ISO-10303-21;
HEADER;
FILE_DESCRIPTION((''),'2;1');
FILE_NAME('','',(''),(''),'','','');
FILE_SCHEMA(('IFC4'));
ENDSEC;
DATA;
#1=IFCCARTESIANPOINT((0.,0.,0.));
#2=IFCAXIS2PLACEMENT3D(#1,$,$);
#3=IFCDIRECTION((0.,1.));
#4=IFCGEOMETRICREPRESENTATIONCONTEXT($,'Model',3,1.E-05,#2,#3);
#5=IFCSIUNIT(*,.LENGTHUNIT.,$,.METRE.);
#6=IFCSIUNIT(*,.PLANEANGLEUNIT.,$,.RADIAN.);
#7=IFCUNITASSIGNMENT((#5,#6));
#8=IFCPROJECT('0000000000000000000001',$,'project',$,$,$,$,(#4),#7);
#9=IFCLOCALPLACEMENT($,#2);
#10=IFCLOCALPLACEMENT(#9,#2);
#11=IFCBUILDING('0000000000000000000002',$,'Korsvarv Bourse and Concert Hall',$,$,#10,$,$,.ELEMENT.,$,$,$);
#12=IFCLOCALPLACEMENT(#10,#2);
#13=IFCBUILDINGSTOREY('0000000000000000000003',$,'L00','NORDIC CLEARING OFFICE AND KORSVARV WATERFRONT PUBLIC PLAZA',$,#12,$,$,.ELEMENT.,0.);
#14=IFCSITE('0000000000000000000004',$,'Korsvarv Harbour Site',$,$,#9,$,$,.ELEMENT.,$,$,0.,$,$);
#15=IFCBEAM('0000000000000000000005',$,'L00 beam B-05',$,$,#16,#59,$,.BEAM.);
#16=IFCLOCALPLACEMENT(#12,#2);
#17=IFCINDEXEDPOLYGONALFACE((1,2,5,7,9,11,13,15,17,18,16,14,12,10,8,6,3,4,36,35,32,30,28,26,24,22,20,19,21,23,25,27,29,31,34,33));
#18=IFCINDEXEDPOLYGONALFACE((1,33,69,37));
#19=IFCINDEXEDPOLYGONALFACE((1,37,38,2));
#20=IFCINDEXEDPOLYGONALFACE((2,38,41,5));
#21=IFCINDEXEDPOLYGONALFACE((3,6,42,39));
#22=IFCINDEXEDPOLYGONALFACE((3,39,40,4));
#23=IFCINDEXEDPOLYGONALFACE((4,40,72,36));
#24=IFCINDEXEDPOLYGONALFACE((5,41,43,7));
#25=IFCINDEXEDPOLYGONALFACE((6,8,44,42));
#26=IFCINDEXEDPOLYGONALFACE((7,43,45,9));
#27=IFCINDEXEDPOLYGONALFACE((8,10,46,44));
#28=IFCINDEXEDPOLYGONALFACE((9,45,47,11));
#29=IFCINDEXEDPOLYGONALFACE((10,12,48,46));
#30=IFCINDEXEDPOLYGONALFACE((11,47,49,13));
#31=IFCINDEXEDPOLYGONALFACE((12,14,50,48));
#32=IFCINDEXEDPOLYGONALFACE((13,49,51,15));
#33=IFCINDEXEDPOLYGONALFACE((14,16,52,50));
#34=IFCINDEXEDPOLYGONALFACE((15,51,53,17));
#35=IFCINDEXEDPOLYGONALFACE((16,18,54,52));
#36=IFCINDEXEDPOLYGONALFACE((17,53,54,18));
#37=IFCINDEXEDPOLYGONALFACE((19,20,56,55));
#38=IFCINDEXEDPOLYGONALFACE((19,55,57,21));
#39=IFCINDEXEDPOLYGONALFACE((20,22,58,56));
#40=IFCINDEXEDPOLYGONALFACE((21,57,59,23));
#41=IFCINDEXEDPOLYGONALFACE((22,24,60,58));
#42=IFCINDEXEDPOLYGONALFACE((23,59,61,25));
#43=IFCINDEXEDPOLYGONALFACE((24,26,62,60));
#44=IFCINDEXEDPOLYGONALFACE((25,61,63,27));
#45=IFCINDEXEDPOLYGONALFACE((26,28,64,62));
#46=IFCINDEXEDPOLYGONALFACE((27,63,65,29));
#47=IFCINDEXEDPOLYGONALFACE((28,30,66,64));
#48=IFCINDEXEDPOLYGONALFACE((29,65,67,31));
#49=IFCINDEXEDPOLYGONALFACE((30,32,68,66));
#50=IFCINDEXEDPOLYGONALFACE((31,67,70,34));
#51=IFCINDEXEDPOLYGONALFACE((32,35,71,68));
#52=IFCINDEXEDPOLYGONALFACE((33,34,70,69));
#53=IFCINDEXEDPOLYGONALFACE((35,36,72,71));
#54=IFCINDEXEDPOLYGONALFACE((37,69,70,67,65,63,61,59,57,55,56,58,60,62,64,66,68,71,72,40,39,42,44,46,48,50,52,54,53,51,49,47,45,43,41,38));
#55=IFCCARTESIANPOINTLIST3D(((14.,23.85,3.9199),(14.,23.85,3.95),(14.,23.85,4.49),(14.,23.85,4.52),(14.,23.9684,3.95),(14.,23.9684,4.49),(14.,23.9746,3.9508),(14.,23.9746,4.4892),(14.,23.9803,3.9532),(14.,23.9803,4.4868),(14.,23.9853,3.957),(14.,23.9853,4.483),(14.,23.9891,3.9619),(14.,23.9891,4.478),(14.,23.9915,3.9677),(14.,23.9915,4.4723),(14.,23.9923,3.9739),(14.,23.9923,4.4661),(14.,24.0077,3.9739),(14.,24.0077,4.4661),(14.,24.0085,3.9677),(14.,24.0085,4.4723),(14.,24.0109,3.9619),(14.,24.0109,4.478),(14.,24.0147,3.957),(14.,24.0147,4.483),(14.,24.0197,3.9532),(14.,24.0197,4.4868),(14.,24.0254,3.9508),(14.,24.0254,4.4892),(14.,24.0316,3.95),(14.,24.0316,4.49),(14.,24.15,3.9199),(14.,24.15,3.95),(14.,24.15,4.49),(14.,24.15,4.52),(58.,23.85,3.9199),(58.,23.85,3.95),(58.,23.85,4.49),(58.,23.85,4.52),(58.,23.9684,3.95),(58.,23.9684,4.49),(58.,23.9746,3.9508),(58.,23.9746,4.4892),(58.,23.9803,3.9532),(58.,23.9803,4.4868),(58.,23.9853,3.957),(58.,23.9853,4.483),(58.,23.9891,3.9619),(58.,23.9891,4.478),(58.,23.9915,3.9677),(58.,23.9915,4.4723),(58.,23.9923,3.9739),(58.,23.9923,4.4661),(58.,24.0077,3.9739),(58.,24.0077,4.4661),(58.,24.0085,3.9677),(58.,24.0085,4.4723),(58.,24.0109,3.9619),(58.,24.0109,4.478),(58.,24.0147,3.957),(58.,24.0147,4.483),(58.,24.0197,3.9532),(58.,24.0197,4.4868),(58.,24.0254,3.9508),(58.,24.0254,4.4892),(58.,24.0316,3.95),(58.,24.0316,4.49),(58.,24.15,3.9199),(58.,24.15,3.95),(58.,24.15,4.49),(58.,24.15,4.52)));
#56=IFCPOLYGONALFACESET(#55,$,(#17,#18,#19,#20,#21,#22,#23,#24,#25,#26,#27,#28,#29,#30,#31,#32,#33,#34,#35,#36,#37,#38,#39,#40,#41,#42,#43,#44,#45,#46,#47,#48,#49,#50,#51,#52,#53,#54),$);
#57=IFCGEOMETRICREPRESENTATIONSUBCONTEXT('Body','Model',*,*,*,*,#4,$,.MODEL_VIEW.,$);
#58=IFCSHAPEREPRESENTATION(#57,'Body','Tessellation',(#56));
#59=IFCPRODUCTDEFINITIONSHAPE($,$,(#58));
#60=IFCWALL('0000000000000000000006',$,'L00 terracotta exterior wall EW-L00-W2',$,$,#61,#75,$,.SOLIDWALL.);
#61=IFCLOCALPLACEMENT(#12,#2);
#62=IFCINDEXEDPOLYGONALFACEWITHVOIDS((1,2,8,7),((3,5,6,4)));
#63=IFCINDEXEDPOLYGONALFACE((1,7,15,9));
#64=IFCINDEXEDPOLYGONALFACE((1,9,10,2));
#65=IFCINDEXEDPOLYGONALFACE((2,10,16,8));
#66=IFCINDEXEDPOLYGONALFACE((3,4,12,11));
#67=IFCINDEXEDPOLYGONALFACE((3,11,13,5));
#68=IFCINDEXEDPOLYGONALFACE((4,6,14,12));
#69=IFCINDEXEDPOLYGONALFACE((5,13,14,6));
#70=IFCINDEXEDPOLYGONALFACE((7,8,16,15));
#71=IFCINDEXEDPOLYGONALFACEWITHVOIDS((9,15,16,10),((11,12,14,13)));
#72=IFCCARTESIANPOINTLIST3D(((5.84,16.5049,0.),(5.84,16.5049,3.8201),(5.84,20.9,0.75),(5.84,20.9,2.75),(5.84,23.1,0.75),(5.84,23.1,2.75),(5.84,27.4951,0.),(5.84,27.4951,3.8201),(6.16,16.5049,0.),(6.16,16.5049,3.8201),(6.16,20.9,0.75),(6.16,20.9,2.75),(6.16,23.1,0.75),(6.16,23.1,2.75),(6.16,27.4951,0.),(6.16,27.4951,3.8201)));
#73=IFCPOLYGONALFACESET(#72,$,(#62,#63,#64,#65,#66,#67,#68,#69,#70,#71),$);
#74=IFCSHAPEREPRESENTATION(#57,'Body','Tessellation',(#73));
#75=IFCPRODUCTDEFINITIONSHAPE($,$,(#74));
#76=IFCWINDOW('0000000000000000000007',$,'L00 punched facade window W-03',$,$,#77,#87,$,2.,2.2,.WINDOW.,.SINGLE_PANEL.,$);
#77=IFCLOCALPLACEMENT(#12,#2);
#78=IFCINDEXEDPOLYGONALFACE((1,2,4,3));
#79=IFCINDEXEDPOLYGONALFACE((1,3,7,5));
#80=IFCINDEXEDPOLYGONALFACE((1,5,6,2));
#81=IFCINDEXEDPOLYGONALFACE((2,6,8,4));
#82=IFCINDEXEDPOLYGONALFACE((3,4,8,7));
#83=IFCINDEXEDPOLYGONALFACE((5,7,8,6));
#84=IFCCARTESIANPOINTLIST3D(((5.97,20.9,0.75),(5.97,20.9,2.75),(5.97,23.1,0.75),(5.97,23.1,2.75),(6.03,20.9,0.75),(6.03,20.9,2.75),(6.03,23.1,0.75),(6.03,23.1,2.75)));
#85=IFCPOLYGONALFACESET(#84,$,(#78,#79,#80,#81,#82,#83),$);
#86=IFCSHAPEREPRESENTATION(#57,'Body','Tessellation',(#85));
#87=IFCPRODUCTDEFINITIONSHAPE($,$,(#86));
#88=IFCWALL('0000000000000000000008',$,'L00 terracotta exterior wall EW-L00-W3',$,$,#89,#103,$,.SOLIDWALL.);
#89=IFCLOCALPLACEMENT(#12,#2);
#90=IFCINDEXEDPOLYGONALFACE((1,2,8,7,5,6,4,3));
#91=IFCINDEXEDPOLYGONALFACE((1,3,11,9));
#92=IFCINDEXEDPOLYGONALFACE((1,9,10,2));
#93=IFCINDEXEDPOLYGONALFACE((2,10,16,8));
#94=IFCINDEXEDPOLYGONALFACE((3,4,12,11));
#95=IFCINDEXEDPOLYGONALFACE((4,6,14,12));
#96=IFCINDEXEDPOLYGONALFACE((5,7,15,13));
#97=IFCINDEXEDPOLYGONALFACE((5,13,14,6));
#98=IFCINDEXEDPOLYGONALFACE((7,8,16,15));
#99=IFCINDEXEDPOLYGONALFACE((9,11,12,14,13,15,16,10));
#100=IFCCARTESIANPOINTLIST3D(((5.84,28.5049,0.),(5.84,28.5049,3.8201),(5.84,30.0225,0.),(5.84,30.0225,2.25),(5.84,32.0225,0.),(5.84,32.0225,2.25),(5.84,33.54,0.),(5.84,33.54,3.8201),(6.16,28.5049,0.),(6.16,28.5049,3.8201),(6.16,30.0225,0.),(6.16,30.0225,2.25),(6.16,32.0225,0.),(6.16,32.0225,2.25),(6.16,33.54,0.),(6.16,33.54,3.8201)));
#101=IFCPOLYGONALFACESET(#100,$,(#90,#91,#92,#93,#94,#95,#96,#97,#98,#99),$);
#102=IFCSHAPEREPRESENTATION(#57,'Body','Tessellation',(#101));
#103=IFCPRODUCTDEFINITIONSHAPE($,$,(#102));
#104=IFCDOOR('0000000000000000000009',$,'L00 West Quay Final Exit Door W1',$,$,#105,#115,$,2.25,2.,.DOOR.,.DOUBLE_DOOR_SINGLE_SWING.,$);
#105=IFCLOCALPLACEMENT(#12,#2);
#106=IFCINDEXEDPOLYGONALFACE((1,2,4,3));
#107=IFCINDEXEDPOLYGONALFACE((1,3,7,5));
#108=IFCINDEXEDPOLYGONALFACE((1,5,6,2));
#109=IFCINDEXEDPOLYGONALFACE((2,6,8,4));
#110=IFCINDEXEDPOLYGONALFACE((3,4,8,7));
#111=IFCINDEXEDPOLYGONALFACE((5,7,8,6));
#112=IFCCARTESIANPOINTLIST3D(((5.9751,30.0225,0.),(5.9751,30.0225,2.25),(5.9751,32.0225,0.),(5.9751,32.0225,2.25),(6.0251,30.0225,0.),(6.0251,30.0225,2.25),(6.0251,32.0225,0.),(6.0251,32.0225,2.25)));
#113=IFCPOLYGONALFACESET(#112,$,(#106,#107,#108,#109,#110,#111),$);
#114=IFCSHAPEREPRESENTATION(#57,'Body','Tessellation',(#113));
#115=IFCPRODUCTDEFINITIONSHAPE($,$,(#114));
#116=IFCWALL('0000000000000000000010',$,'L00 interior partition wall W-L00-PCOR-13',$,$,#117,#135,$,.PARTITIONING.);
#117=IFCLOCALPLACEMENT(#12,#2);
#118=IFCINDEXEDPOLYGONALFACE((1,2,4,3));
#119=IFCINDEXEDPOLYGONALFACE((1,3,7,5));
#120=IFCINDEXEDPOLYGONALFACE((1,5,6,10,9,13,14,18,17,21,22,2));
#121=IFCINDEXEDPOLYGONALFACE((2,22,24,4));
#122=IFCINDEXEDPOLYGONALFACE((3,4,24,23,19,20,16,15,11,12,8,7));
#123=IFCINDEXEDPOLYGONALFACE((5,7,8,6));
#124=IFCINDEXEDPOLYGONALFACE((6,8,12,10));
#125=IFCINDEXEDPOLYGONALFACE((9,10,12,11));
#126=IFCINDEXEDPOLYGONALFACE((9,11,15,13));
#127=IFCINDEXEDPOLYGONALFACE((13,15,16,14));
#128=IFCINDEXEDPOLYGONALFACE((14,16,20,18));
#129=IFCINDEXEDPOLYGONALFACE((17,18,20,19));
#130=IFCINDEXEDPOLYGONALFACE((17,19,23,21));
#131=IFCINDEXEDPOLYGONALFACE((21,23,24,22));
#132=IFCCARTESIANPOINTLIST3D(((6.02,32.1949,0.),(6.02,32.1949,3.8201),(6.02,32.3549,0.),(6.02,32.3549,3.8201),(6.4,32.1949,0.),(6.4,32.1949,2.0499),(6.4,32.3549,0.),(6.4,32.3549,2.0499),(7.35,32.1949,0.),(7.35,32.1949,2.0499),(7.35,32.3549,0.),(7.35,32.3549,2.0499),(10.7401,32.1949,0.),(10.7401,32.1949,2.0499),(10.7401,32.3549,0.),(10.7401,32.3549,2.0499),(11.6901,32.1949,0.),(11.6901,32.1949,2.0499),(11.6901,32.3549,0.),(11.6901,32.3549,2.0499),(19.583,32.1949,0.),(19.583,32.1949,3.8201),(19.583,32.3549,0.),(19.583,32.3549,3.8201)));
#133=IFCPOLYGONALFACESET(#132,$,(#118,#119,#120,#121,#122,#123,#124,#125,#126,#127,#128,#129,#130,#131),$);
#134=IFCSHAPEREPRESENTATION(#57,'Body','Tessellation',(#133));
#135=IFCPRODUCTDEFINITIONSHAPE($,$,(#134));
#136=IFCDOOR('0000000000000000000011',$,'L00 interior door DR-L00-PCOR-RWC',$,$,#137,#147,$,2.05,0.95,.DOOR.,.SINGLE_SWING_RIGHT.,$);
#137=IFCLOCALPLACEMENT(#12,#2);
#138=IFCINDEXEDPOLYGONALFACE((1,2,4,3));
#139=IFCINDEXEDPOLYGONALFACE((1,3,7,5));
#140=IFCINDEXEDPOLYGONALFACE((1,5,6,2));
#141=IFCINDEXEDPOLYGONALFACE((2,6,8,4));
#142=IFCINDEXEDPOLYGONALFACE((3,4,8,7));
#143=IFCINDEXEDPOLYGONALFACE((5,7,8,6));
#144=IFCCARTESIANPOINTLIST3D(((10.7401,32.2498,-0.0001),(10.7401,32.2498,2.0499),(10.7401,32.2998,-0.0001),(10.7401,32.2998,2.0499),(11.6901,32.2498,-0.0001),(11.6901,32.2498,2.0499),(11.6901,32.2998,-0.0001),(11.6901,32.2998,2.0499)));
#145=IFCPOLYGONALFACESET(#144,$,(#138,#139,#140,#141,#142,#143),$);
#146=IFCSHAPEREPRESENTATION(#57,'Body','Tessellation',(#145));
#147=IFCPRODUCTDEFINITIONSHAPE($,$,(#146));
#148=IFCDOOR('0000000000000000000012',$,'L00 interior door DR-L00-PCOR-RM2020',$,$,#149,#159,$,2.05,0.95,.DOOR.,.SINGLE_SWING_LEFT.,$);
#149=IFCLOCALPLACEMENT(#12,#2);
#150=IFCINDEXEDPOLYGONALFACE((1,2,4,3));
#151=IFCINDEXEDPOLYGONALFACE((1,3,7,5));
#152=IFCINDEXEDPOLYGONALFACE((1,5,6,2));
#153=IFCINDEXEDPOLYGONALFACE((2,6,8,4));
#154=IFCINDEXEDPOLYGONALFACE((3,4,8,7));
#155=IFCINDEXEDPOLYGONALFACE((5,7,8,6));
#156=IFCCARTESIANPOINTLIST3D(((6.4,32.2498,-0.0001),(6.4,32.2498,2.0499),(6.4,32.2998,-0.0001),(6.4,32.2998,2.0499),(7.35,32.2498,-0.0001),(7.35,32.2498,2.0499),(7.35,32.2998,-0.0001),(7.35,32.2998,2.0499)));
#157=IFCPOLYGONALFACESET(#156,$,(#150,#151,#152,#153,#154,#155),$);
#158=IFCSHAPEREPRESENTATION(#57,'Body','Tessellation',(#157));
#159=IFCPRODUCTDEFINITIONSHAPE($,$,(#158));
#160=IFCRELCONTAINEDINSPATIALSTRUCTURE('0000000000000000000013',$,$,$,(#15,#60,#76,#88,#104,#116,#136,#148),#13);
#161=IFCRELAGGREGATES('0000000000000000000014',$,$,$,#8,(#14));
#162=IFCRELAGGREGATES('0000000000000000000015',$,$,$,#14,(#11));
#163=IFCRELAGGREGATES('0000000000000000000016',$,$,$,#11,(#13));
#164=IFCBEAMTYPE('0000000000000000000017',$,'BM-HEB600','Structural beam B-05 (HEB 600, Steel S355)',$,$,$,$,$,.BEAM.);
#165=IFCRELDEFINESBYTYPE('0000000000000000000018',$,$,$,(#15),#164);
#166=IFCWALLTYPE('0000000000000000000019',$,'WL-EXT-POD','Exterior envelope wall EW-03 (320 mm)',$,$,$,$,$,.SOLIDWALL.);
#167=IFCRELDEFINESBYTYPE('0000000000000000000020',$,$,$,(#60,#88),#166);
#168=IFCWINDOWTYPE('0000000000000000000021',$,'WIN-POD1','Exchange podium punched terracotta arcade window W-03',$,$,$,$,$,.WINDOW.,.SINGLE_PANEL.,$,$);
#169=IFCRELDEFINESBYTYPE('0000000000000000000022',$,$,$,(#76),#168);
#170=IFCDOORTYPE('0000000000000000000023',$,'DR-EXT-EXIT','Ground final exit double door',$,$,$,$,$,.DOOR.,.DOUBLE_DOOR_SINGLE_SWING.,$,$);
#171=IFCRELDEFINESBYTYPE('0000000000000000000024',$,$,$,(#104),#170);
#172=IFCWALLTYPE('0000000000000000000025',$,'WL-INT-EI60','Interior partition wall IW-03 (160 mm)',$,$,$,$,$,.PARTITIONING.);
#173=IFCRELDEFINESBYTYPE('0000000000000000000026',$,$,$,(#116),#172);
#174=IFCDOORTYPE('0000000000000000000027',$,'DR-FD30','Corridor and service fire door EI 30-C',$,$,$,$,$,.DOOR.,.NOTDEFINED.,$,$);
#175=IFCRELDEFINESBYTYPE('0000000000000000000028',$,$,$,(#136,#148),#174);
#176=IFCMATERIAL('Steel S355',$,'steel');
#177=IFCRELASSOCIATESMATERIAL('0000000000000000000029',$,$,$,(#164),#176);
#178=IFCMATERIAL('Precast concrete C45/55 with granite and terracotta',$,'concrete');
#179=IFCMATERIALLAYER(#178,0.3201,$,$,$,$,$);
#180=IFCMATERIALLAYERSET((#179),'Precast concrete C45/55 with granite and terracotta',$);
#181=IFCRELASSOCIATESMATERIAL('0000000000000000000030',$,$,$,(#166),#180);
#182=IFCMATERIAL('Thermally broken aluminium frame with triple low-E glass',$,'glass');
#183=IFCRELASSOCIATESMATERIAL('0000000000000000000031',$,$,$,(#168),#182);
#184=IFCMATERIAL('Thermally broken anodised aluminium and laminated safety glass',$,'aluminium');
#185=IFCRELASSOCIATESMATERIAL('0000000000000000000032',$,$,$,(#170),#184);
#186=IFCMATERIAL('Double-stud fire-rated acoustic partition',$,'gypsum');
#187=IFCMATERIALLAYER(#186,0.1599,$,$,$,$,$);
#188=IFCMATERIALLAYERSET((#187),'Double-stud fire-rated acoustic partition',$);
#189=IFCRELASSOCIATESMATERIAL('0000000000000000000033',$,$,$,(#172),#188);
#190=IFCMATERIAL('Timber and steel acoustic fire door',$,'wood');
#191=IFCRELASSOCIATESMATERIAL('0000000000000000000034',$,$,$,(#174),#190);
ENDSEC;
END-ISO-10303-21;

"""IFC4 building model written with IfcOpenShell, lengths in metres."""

from ifc_helpers import new_model, si_unit, direction, frame, frame_2d, origin, origin_2d, place, context, subcontext, project, spatial, rectangle, i_section, extrude, source, transform, mapped, material, layer, layer_set, material_profile, profile_set, type_object, element, fill, save


model = new_model("IFC4")

# Units and contexts
model_context = context("Model", 3, precision=1e-05, world=origin(), true_north=direction((0.0, 1.0)))
body_context = subcontext(model_context, "Body", "Model", "MODEL_VIEW")
ifc_project = project(units=[si_unit("LENGTHUNIT", "METRE"), si_unit("PLANEANGLEUNIT", "RADIAN")], contexts=[model_context])

# Site, building, storey
site_placement = place(None, origin())
site = spatial("IfcSite", under=ifc_project, at=site_placement, Name="Korsvarv Harbour Site", CompositionType="ELEMENT", RefElevation=0.0)
building_placement = place(site_placement, origin())
building = spatial("IfcBuilding", under=site, at=building_placement, Name="Korsvarv Bourse and Concert Hall", CompositionType="ELEMENT")
storey_placement = place(building_placement, origin())
storey = spatial("IfcBuildingStorey", under=building, at=storey_placement, Name="L00", Description="NORDIC CLEARING OFFICE AND KORSVARV WATERFRONT PUBLIC PLAZA", CompositionType="ELEMENT", Elevation=0.0)

# Beam
ifc_material_1 = material(Name="Steel S355", Category="steel")
ifc_material_profile_1 = material_profile(ifc_material_1, i_section(OverallWidth=0.3, OverallDepth=0.6001, WebThickness=0.0154, FlangeThickness=0.03, FilletRadius=0.0239, at=origin_2d()), Name="HEB 600")
ifc_profile_set_1 = profile_set([ifc_material_profile_1], Name="Steel S355")
beam_type_1 = type_object("IfcBeamType", Name="BM-HEB600", Description="Structural beam B-05 (HEB 600, Steel S355)", PredefinedType="BEAM", material=ifc_profile_set_1)
shared_shape_1 = source(origin(), body_context, "Body", "SweptSolid", [
    extrude(i_section(OverallWidth=0.3, OverallDepth=0.6001, WebThickness=0.0154, FlangeThickness=0.03, FilletRadius=0.0239, at=origin_2d()), origin(), (0.0, 0.0, 1.0), 44.0),
])
beam_1_placement = place(storey_placement, frame((14.0, 24.0, 4.22), z_axis=(1.0, 0.0, 0.0), x_axis=(0.0, 1.0, 0.0)))
element("IfcBeam", 1, at=beam_1_placement, inside=storey, type_object=beam_type_1, Name="L00 beam B-05", PredefinedType="BEAM", context=body_context, shape_type="MappedRepresentation", body=[
    mapped(shared_shape_1, transform((0.0, 0.0, 0.0), scale=1.0)),
])

# Wall, opening, window
ifc_material_2 = material(Name="Precast concrete C45/55 with granite and terracotta", Category="concrete")
ifc_layer_1 = layer(ifc_material_2, 0.3201)
ifc_layer_set_1 = layer_set([ifc_layer_1], Name="Precast concrete C45/55 with granite and terracotta")
wall_type_1 = type_object("IfcWallType", Name="WL-EXT-POD", Description="Exterior envelope wall EW-03 (320 mm)", PredefinedType="SOLIDWALL", material=ifc_layer_set_1)
wall_1_placement = place(storey_placement, frame((6.0, 16.5049, 0.0), z_axis=(0.0, 0.0, 1.0), x_axis=(0.0, 1.0, 0.0)))
wall_1 = element("IfcWall", 2, at=wall_1_placement, inside=storey, type_object=wall_type_1, Name="L00 terracotta exterior wall EW-L00-W2", PredefinedType="SOLIDWALL", context=body_context, shape_type="SweptSolid", body=[
    extrude(rectangle(XDim=10.9902, YDim=0.3201, at=frame_2d((5.4951, 0.0))), origin(), (0.0, 0.0, 1.0), 3.8201),
])
opening_1_placement = place(wall_1_placement, frame((4.395, 0.0, 0.75)))
opening_1 = element("IfcOpeningElement", 3, at=opening_1_placement, cuts=wall_1, PredefinedType="OPENING", context=body_context, shape_type="SweptSolid", body=[
    extrude(rectangle(XDim=2.2, YDim=2.0, at=frame_2d((1.1001, 1.0))), frame((0.0, 0.1699, 0.0), z_axis=(0.0, -1.0, 0.0), x_axis=(1.0, 0.0, 0.0)), (0.0, 0.0, 1.0), 0.3401),
])
ifc_material_3 = material(Name="Thermally broken aluminium frame with triple low-E glass", Category="glass")
window_type = type_object("IfcWindowType", Name="WIN-POD1", Description="Exchange podium punched terracotta arcade window W-03", PartitioningType="SINGLE_PANEL", PredefinedType="WINDOW", material=ifc_material_3)
window_placement = place(opening_1_placement, origin())
window = element("IfcWindow", 4, at=window_placement, inside=storey, type_object=window_type, Name="L00 punched facade window W-03", OverallHeight=2.0, OverallWidth=2.2, PartitioningType="SINGLE_PANEL", PredefinedType="WINDOW", context=body_context, shape_type="SweptSolid", body=[
    extrude(rectangle(XDim=2.2, YDim=2.0, at=frame_2d((1.1001, 1.0))), frame((0.0, 0.03, 0.0), z_axis=(0.0, -1.0, 0.0), x_axis=(1.0, 0.0, 0.0)), (0.0, 0.0, 1.0), 0.0601),
])
fill(opening_1, window)

# Wall, opening, door
wall_2_placement = place(storey_placement, frame((6.0, 28.5049, 0.0), z_axis=(0.0, 0.0, 1.0), x_axis=(0.0, 1.0, 0.0)))
wall_2 = element("IfcWall", 5, at=wall_2_placement, inside=storey, type_object=wall_type_1, Name="L00 terracotta exterior wall EW-L00-W3", PredefinedType="SOLIDWALL", context=body_context, shape_type="SweptSolid", body=[
    extrude(rectangle(XDim=5.0352, YDim=0.3201, at=frame_2d((2.5176, 0.0))), origin(), (0.0, 0.0, 1.0), 3.8201),
])
opening_2_placement = place(wall_2_placement, frame((1.5176, 0.0, 0.0)))
opening_2 = element("IfcOpeningElement", 6, at=opening_2_placement, cuts=wall_2, PredefinedType="OPENING", context=body_context, shape_type="SweptSolid", body=[
    extrude(rectangle(XDim=2.0, YDim=2.25, at=frame_2d((1.0, 1.125))), frame((0.0, 0.1699, 0.0), z_axis=(0.0, -1.0, 0.0), x_axis=(1.0, 0.0, 0.0)), (0.0, 0.0, 1.0), 0.3401),
])
ifc_material_4 = material(Name="Thermally broken anodised aluminium and laminated safety glass", Category="aluminium")
door_type_1 = type_object("IfcDoorType", Name="DR-EXT-EXIT", Description="Ground final exit double door", OperationType="DOUBLE_DOOR_SINGLE_SWING", PredefinedType="DOOR", material=ifc_material_4)
door_1_placement = place(opening_2_placement, origin())
door_1 = element("IfcDoor", 7, at=door_1_placement, inside=storey, type_object=door_type_1, Name="L00 West Quay Final Exit Door W1", OperationType="DOUBLE_DOOR_SINGLE_SWING", OverallHeight=2.25, OverallWidth=2.0, PredefinedType="DOOR", context=body_context, shape_type="SweptSolid", body=[
    extrude(rectangle(XDim=2.0, YDim=2.25, at=frame_2d((1.0, 1.125))), frame((0.0, 0.0249, 0.0), z_axis=(0.0, -1.0, 0.0), x_axis=(1.0, 0.0, 0.0)), (0.0, 0.0, 1.0), 0.05),
])
fill(opening_2, door_1)

# Wall, openings, doors
ifc_material_5 = material(Name="Double-stud fire-rated acoustic partition", Category="gypsum")
ifc_layer_2 = layer(ifc_material_5, 0.1599)
ifc_layer_set_2 = layer_set([ifc_layer_2], Name="Double-stud fire-rated acoustic partition")
wall_type_2 = type_object("IfcWallType", Name="WL-INT-EI60", Description="Interior partition wall IW-03 (160 mm)", PredefinedType="PARTITIONING", material=ifc_layer_set_2)
wall_3_placement = place(storey_placement, frame((6.02, 32.2749, 0.0), z_axis=(0.0, 0.0, 1.0), x_axis=(1.0, 0.0, 0.0)))
wall_3 = element("IfcWall", 8, at=wall_3_placement, inside=storey, type_object=wall_type_2, Name="L00 interior partition wall W-L00-PCOR-13", PredefinedType="PARTITIONING", context=body_context, shape_type="SweptSolid", body=[
    extrude(rectangle(XDim=13.563, YDim=0.1599, at=frame_2d((6.7815, 0.0))), origin(), (0.0, 0.0, 1.0), 3.8201),
])
opening_3_placement = place(wall_3_placement, frame((4.72, 0.0, 0.0)))
opening_3 = element("IfcOpeningElement", 9, at=opening_3_placement, cuts=wall_3, PredefinedType="OPENING", context=body_context, shape_type="SweptSolid", body=[
    extrude(rectangle(XDim=0.95, YDim=2.05, at=frame_2d((0.4751, 1.0249))), frame((0.0, 0.0898, 0.0), z_axis=(0.0, -1.0, 0.0), x_axis=(1.0, 0.0, 0.0)), (0.0, 0.0, 1.0), 0.1799),
])
opening_4_placement = place(wall_3_placement, frame((0.3799, 0.0, 0.0)))
opening_4 = element("IfcOpeningElement", 10, at=opening_4_placement, cuts=wall_3, PredefinedType="OPENING", context=body_context, shape_type="SweptSolid", body=[
    extrude(rectangle(XDim=0.95, YDim=2.05, at=frame_2d((0.4751, 1.0249))), frame((0.0, 0.0898, 0.0), z_axis=(0.0, -1.0, 0.0), x_axis=(1.0, 0.0, 0.0)), (0.0, 0.0, 1.0), 0.1799),
])
ifc_material_6 = material(Name="Timber and steel acoustic fire door", Category="wood")
door_type_2 = type_object("IfcDoorType", Name="DR-FD30", Description="Corridor and service fire door EI 30-C", OperationType="NOTDEFINED", PredefinedType="DOOR", material=ifc_material_6)
door_2_placement = place(opening_3_placement, origin())
door_2 = element("IfcDoor", 11, at=door_2_placement, inside=storey, type_object=door_type_2, Name="L00 interior door DR-L00-PCOR-RWC", OperationType="SINGLE_SWING_RIGHT", OverallHeight=2.05, OverallWidth=0.95, PredefinedType="DOOR", context=body_context, shape_type="SweptSolid", body=[
    extrude(rectangle(XDim=0.95, YDim=2.05, at=frame_2d((0.4751, 1.0249))), frame((0.0, 0.0249, 0.0), z_axis=(0.0, -1.0, 0.0), x_axis=(1.0, 0.0, 0.0)), (0.0, 0.0, 1.0), 0.05),
])
fill(opening_3, door_2)
door_3_placement = place(opening_4_placement, origin())
door_3 = element("IfcDoor", 12, at=door_3_placement, inside=storey, type_object=door_type_2, Name="L00 interior door DR-L00-PCOR-RM2020", OperationType="SINGLE_SWING_LEFT", OverallHeight=2.05, OverallWidth=0.95, PredefinedType="DOOR", context=body_context, shape_type="SweptSolid", body=[
    extrude(rectangle(XDim=0.95, YDim=2.05, at=frame_2d((0.4751, 1.0249))), frame((0.0, 0.0249, 0.0), z_axis=(0.0, -1.0, 0.0), x_axis=(1.0, 0.0, 0.0)), (0.0, 0.0, 1.0), 0.05),
])
fill(opening_4, door_3)

save(model, "model.ifc")
